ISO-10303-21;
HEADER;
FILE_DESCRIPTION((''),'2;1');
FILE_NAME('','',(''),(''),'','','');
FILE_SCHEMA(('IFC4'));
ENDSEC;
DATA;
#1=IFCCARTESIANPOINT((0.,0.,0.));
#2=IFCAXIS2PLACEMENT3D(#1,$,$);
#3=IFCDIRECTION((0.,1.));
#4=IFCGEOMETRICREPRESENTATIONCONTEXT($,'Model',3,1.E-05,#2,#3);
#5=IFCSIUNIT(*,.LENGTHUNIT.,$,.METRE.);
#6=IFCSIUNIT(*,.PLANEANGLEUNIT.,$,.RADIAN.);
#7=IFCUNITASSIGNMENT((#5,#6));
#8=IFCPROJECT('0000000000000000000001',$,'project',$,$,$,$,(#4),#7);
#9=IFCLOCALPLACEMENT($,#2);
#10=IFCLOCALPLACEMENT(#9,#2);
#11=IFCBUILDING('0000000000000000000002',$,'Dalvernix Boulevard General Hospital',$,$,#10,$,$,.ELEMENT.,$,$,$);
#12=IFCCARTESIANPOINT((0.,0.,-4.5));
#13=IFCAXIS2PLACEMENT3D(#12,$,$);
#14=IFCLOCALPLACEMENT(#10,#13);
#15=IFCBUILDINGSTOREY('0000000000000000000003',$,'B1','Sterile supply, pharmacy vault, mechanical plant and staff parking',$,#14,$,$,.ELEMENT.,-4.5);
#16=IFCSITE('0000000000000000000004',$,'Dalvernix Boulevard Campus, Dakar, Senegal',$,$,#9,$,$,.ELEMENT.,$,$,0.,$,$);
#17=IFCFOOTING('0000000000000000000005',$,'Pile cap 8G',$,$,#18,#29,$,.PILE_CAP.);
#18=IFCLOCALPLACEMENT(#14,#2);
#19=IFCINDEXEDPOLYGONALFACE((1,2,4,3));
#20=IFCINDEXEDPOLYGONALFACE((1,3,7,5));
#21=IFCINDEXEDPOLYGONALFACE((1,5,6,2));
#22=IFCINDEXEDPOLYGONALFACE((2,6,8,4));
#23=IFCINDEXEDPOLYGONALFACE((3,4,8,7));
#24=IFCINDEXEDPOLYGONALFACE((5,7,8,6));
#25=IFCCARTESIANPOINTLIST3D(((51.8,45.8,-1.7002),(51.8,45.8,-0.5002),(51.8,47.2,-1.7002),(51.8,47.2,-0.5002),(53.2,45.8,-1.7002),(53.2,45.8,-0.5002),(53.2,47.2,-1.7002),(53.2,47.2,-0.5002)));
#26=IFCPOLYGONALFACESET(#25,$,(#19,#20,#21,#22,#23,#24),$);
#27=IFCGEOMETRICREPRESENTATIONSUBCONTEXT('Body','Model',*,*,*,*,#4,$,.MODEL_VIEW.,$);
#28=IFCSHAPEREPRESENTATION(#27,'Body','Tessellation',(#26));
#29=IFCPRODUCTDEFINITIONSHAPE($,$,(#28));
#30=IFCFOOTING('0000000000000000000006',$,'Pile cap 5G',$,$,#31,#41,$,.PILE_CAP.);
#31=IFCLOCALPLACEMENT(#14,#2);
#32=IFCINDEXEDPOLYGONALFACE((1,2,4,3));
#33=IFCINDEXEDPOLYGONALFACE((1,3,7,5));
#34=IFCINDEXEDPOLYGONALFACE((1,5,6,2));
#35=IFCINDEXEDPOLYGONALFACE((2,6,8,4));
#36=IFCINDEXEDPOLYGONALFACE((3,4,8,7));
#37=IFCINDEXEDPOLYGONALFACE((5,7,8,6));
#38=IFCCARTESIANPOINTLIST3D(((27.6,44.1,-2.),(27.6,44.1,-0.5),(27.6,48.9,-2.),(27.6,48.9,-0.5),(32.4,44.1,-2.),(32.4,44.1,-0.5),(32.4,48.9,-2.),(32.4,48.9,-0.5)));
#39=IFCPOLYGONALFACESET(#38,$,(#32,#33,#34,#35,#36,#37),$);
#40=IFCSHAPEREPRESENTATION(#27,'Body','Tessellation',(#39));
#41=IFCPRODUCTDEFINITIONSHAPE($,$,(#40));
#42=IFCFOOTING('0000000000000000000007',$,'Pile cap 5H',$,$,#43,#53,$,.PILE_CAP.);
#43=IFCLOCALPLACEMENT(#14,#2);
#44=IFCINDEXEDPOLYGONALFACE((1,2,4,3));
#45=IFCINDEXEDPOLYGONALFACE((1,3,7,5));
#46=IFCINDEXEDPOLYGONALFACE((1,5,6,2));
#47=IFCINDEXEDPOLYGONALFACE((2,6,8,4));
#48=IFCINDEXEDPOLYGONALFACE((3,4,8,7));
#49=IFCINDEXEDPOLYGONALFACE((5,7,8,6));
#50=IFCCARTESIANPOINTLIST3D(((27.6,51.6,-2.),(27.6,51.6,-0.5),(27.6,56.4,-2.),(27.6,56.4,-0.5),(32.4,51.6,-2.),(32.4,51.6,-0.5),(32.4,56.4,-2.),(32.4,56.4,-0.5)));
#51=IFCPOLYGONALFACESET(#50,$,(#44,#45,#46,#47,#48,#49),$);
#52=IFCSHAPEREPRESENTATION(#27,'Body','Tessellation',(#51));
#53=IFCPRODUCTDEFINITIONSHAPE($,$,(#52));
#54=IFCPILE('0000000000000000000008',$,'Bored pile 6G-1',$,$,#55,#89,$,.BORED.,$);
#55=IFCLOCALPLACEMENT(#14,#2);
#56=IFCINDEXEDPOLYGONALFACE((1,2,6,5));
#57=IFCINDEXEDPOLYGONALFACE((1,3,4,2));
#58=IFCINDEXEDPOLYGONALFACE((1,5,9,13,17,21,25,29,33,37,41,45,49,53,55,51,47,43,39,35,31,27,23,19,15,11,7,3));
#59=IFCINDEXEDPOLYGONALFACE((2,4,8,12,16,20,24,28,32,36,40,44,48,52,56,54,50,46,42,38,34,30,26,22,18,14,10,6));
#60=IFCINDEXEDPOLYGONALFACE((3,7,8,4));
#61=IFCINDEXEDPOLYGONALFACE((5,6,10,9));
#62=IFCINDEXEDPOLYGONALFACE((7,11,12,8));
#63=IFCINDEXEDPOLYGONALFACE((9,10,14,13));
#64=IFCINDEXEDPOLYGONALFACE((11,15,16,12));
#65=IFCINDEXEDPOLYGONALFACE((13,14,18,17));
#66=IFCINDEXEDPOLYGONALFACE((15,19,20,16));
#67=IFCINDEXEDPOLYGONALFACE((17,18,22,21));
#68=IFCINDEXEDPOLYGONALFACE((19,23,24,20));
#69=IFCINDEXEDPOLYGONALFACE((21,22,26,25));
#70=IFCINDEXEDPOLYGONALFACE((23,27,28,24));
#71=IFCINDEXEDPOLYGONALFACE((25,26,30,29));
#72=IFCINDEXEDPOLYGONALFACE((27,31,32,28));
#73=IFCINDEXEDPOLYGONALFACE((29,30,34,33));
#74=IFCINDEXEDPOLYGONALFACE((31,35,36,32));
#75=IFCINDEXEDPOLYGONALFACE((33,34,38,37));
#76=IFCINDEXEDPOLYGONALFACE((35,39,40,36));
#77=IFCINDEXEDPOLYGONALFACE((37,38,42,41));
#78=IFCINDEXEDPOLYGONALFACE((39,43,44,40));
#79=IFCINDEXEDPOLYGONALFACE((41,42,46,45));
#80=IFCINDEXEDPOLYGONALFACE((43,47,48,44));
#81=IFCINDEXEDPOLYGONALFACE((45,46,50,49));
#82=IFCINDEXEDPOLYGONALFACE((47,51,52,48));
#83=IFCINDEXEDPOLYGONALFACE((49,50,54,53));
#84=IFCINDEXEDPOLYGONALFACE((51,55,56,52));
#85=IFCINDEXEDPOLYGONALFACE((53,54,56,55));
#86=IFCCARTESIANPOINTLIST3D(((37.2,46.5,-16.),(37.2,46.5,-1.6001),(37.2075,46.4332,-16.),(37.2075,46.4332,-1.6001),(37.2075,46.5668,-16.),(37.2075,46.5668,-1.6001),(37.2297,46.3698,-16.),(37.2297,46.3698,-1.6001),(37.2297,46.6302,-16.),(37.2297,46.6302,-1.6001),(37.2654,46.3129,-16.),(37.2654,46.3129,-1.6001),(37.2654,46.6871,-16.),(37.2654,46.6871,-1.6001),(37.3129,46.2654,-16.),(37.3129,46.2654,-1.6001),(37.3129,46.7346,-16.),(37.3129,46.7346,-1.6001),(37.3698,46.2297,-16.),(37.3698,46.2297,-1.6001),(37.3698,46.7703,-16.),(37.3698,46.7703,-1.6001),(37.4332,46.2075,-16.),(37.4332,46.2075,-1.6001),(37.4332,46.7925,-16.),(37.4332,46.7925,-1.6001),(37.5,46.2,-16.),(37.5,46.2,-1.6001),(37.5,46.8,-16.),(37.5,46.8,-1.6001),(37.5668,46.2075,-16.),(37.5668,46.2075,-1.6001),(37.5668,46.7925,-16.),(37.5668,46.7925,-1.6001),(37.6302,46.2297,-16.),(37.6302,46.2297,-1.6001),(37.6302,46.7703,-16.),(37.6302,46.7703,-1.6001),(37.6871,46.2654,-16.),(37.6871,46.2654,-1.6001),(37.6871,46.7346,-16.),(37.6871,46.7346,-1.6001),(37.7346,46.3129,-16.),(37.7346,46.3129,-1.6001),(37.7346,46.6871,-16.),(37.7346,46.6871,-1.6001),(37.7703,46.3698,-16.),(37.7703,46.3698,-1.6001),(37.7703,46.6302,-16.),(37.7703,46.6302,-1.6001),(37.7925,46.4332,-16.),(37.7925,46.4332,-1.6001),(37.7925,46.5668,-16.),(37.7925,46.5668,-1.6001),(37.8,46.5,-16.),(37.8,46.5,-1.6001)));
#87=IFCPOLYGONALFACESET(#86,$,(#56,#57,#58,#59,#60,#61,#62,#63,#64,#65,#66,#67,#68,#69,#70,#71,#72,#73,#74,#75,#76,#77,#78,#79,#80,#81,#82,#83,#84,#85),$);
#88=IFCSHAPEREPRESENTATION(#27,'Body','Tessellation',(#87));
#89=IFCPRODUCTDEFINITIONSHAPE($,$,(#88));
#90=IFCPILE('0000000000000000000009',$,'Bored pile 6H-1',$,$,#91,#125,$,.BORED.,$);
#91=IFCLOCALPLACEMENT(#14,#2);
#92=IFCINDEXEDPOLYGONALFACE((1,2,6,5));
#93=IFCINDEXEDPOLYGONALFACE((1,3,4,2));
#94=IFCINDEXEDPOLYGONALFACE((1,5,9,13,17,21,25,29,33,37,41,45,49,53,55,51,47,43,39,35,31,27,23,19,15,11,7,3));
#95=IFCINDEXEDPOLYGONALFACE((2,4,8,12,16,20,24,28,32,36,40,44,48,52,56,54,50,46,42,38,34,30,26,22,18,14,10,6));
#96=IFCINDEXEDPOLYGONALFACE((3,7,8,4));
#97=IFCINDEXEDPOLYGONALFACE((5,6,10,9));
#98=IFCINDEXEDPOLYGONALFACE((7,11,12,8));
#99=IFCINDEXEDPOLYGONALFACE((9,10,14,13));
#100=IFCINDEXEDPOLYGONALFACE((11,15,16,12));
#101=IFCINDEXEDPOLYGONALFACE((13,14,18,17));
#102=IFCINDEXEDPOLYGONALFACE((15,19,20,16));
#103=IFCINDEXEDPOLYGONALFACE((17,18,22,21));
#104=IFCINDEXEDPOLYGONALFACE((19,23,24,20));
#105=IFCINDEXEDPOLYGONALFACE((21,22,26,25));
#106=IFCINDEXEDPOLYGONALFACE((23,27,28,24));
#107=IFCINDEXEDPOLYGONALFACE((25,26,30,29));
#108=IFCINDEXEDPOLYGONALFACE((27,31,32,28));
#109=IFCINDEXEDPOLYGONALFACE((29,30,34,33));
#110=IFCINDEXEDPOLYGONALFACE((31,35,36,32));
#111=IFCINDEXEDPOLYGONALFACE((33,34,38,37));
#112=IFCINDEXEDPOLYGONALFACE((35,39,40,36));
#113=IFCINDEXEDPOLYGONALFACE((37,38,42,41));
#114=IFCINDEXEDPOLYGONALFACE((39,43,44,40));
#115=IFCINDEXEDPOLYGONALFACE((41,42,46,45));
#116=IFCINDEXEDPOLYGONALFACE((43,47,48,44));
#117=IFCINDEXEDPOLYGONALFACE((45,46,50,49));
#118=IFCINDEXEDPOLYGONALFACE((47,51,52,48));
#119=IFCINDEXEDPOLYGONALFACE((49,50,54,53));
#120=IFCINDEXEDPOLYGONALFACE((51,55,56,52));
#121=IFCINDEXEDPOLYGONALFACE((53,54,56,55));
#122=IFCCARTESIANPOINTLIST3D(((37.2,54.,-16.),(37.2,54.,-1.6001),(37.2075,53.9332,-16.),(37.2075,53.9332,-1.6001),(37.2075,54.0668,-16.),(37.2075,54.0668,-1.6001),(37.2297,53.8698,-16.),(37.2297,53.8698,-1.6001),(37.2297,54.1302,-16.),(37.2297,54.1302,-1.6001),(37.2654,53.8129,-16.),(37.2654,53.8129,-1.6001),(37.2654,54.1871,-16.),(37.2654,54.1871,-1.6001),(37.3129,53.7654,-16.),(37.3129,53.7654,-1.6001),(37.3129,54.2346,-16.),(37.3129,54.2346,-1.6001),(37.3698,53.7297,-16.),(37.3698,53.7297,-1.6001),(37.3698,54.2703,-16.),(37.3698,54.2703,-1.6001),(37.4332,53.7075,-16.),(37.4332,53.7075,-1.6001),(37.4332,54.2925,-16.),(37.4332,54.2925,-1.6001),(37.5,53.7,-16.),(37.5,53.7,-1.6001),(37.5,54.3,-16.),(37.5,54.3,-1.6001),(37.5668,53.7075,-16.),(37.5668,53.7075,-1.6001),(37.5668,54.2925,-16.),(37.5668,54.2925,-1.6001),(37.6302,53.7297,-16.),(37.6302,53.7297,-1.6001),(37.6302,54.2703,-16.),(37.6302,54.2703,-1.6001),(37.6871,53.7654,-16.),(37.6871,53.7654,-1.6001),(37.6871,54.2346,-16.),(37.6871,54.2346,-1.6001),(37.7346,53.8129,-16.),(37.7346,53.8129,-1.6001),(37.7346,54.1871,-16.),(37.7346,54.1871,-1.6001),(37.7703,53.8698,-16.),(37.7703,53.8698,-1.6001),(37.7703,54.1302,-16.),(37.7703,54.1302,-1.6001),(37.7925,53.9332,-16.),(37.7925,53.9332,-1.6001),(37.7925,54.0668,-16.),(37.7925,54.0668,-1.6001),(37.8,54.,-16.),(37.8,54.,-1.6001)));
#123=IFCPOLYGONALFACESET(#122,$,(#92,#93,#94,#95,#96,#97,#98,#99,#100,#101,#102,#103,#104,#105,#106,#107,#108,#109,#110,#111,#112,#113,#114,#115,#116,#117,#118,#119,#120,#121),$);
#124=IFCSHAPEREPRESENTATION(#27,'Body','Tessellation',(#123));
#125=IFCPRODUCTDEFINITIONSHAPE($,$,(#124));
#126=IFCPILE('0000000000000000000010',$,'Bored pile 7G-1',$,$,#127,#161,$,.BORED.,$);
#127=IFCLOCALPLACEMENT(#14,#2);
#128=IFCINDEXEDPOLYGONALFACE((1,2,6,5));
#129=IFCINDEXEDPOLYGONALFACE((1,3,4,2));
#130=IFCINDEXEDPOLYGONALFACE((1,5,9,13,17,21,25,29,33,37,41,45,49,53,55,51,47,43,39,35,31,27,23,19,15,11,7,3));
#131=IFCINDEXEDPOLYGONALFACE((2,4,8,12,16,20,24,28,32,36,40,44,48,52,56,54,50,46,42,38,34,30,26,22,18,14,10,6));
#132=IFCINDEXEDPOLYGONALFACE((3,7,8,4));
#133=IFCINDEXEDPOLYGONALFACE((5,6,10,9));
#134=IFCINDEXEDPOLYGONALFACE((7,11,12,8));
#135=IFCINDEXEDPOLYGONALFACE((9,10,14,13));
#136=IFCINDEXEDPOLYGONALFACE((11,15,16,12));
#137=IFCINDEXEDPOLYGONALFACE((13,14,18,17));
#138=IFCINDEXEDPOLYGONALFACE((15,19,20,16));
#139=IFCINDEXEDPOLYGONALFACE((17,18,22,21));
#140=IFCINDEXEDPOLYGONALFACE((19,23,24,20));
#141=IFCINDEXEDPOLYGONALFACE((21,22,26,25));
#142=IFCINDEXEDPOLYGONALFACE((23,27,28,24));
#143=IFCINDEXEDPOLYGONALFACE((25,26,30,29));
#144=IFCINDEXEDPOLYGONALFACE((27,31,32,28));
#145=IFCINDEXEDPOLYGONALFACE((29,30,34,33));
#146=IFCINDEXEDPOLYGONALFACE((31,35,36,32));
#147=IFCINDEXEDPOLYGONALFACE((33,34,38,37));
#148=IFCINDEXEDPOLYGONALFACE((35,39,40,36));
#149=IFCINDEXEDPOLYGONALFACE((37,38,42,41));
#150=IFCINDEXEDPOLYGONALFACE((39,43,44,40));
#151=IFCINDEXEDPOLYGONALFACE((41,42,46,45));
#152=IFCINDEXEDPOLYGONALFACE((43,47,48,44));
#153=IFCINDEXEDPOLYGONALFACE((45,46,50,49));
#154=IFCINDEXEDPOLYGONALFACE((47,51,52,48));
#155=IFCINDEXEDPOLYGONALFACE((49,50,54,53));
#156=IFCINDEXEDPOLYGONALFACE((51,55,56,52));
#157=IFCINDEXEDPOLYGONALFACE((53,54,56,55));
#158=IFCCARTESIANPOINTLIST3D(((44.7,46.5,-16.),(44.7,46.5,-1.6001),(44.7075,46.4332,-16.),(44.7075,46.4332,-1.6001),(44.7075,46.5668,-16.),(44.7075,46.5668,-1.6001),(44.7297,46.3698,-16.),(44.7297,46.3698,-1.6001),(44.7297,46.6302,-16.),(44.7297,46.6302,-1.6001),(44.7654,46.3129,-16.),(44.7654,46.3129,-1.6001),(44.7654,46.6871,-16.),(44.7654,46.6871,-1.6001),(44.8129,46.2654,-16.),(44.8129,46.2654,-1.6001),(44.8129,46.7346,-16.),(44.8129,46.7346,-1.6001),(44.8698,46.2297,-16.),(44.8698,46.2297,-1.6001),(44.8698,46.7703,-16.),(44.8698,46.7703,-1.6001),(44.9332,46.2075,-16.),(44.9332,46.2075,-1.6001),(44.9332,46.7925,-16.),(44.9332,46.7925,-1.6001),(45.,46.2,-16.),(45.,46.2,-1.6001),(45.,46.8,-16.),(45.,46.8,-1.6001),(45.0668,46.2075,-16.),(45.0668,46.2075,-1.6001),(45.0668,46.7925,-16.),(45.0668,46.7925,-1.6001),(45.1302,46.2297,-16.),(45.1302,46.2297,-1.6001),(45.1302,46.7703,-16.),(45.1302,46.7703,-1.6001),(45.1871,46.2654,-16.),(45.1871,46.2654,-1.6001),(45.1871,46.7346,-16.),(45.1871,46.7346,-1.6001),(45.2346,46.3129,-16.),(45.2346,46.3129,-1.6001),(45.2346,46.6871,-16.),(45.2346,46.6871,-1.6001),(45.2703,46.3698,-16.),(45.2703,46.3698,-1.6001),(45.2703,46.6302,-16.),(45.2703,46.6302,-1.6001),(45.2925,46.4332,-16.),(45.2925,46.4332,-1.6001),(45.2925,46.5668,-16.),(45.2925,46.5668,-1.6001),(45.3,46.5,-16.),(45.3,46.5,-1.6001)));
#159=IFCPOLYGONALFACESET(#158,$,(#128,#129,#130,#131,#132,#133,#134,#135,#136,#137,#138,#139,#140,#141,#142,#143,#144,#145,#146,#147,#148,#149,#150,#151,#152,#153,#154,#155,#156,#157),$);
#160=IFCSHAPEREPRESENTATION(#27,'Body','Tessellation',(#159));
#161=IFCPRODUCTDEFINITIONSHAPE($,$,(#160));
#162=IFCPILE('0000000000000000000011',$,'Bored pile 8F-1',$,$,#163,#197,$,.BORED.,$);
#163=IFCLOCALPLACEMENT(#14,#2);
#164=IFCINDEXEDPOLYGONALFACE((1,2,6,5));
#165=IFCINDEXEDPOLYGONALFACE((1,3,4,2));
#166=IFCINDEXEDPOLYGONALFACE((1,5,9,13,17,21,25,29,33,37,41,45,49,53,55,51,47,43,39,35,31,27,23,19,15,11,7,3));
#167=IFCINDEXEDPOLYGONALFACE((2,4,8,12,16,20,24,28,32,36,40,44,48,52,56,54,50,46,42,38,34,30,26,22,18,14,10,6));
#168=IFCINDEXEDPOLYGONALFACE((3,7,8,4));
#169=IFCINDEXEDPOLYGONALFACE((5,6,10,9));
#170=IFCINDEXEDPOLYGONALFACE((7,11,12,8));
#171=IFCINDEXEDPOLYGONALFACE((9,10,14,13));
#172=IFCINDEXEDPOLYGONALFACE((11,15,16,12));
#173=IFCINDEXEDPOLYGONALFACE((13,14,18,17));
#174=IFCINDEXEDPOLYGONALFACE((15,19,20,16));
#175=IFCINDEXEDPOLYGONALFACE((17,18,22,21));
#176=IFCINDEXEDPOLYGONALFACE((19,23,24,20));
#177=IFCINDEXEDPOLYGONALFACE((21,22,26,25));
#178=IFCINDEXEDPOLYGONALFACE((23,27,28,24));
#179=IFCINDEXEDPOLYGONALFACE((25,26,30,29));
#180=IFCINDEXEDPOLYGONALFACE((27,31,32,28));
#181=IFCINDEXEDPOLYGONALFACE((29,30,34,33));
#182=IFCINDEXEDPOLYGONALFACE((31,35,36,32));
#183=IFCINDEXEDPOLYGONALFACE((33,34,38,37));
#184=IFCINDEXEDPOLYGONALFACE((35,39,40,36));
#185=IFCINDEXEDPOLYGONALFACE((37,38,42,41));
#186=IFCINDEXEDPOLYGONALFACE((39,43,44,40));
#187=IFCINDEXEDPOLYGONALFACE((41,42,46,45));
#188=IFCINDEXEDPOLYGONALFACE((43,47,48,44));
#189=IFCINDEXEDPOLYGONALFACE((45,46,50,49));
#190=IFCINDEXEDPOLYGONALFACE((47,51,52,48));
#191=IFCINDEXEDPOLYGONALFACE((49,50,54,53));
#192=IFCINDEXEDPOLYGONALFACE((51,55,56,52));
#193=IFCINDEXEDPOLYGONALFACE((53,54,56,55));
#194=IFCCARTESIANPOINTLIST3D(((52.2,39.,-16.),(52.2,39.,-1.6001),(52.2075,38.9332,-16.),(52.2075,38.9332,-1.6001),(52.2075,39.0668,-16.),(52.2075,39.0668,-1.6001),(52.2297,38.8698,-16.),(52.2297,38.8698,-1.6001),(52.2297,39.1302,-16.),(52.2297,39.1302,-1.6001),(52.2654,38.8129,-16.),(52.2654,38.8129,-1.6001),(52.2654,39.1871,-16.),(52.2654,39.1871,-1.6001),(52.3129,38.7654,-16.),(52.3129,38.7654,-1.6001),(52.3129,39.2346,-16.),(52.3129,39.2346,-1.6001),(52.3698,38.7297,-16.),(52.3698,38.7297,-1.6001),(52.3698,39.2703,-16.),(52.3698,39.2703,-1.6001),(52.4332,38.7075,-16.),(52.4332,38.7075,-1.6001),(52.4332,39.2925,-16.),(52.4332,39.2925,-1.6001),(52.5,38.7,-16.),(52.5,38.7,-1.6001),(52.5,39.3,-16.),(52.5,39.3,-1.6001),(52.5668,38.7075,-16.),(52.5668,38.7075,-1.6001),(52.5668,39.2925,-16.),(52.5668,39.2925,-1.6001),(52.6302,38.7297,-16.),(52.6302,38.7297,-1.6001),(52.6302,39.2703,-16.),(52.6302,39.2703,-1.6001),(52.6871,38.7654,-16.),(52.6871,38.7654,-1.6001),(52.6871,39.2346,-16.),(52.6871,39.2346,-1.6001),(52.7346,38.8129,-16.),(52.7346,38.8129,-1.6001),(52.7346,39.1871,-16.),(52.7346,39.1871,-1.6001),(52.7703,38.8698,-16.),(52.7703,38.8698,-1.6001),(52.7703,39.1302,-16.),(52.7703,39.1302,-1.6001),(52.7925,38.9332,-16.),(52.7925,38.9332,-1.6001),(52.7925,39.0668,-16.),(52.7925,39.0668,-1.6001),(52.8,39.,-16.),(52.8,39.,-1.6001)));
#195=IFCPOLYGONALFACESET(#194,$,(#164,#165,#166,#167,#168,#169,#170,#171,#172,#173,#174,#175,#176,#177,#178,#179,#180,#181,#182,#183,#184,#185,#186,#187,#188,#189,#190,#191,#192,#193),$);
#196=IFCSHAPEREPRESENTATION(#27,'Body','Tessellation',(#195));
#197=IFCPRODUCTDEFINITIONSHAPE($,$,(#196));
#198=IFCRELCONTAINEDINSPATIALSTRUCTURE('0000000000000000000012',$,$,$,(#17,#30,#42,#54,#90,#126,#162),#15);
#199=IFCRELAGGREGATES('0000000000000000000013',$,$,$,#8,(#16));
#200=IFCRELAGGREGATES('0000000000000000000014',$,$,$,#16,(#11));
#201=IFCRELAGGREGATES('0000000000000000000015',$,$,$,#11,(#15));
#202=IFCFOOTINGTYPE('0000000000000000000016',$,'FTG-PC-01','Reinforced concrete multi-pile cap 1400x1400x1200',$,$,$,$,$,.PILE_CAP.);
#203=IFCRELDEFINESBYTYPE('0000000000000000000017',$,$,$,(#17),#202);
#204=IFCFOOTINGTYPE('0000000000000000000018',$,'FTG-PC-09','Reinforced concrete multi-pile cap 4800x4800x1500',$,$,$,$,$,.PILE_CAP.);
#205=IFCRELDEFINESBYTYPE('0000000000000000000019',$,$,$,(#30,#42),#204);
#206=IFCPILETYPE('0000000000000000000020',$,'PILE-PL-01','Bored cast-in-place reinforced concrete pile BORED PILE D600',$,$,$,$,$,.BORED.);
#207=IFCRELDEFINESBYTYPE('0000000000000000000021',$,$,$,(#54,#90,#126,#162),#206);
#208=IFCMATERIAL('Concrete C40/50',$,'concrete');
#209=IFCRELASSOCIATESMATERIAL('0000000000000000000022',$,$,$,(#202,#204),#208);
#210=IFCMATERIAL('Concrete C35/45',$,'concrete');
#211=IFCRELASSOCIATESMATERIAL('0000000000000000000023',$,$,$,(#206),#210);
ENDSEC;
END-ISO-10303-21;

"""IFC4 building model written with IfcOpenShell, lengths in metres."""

from ifc_helpers import new_model, si_unit, direction, frame, origin, origin_2d, place, context, subcontext, project, spatial, rectangle, circle, extrude, material, material_profile, profile_set, type_object, element, save


model = new_model("IFC4")

# Units and contexts
model_context = context("Model", 3, precision=1e-05, world=origin(), true_north=direction((0.0, 1.0)))
body_context = subcontext(model_context, "Body", "Model", "MODEL_VIEW")
ifc_project = project(units=[si_unit("LENGTHUNIT", "METRE"), si_unit("PLANEANGLEUNIT", "RADIAN")], contexts=[model_context])

# Site, building, storey
site_placement = place(None, origin())
site = spatial("IfcSite", under=ifc_project, at=site_placement, Name="Dalvernix Boulevard Campus, Dakar, Senegal", CompositionType="ELEMENT", RefElevation=0.0)
building_placement = place(site_placement, origin())
building = spatial("IfcBuilding", under=site, at=building_placement, Name="Dalvernix Boulevard General Hospital", CompositionType="ELEMENT")
storey_placement = place(building_placement, frame((0.0, 0.0, -4.5)))
storey = spatial("IfcBuildingStorey", under=building, at=storey_placement, Name="B1", Description="Sterile supply, pharmacy vault, mechanical plant and staff parking", CompositionType="ELEMENT", Elevation=-4.5)

# Footings
ifc_material_1 = material(Name="Concrete C35/45", Category="concrete")
ifc_material_2 = material(Name="Concrete C40/50", Category="concrete")
footing_type_1 = type_object("IfcFootingType", Name="FTG-PC-01", Description="Reinforced concrete multi-pile cap 1400x1400x1200", PredefinedType="PILE_CAP", material=ifc_material_2)
for number, where, z_axis, x_axis, name in (
    (1, (52.5, 46.5, -1.7002), (0.0, 0.0, 1.0), (1.0, 0.0, 0.0), "Pile cap 8G"),
):
    element("IfcFooting", number, at=place(storey_placement, frame(where, z_axis=z_axis, x_axis=x_axis)), inside=storey, type_object=footing_type_1, Name=name, PredefinedType="PILE_CAP", context=body_context, shape_type="SweptSolid", body=[
        extrude(rectangle(XDim=1.3999, YDim=1.3999, at=origin_2d()), origin(), (0.0, 0.0, 1.0), 1.2),
    ])
footing_type_2 = type_object("IfcFootingType", Name="FTG-PC-09", Description="Reinforced concrete multi-pile cap 4800x4800x1500", PredefinedType="PILE_CAP", material=ifc_material_2)
for number, where, z_axis, x_axis, name in (
    (2, (30.0, 46.5, -2.0), (0.0, 0.0, 1.0), (1.0, 0.0, 0.0), "Pile cap 5G"),
    (3, (30.0, 54.0, -2.0), (0.0, 0.0, 1.0), (1.0, 0.0, 0.0), "Pile cap 5H"),
):
    element("IfcFooting", number, at=place(storey_placement, frame(where, z_axis=z_axis, x_axis=x_axis)), inside=storey, type_object=footing_type_2, Name=name, PredefinedType="PILE_CAP", context=body_context, shape_type="SweptSolid", body=[
        extrude(rectangle(XDim=4.8, YDim=4.8, at=origin_2d()), origin(), (0.0, 0.0, 1.0), 1.5),
    ])

# Piles
ifc_material_profile_1 = material_profile(ifc_material_1, circle(Radius=0.3, at=origin_2d()), Name="BORED PILE D600")
ifc_profile_set_1 = profile_set([ifc_material_profile_1], Name="Concrete C35/45")
pile_type_1 = type_object("IfcPileType", Name="PILE-PL-01", Description="Bored cast-in-place reinforced concrete pile BORED PILE D600", PredefinedType="BORED", material=ifc_profile_set_1)
for number, where, z_axis, x_axis, name in (
    (4, (37.5, 46.5, -1.6001), (0.0, 0.0, -1.0), (1.0, 0.0, 0.0), "Bored pile 6G-1"),
    (5, (37.5, 54.0, -1.6001), (0.0, 0.0, -1.0), (1.0, 0.0, 0.0), "Bored pile 6H-1"),
    (6, (45.0, 46.5, -1.6001), (0.0, 0.0, -1.0), (1.0, 0.0, 0.0), "Bored pile 7G-1"),
    (7, (52.5, 39.0, -1.6001), (0.0, 0.0, -1.0), (1.0, 0.0, 0.0), "Bored pile 8F-1"),
):
    element("IfcPile", number, at=place(storey_placement, frame(where, z_axis=z_axis, x_axis=x_axis)), inside=storey, type_object=pile_type_1, Name=name, PredefinedType="BORED", context=body_context, shape_type="SweptSolid", body=[
        extrude(circle(Radius=0.3, at=origin_2d()), origin(), (0.0, 0.0, 1.0), 14.3999),
    ])

save(model, "model.ifc")
